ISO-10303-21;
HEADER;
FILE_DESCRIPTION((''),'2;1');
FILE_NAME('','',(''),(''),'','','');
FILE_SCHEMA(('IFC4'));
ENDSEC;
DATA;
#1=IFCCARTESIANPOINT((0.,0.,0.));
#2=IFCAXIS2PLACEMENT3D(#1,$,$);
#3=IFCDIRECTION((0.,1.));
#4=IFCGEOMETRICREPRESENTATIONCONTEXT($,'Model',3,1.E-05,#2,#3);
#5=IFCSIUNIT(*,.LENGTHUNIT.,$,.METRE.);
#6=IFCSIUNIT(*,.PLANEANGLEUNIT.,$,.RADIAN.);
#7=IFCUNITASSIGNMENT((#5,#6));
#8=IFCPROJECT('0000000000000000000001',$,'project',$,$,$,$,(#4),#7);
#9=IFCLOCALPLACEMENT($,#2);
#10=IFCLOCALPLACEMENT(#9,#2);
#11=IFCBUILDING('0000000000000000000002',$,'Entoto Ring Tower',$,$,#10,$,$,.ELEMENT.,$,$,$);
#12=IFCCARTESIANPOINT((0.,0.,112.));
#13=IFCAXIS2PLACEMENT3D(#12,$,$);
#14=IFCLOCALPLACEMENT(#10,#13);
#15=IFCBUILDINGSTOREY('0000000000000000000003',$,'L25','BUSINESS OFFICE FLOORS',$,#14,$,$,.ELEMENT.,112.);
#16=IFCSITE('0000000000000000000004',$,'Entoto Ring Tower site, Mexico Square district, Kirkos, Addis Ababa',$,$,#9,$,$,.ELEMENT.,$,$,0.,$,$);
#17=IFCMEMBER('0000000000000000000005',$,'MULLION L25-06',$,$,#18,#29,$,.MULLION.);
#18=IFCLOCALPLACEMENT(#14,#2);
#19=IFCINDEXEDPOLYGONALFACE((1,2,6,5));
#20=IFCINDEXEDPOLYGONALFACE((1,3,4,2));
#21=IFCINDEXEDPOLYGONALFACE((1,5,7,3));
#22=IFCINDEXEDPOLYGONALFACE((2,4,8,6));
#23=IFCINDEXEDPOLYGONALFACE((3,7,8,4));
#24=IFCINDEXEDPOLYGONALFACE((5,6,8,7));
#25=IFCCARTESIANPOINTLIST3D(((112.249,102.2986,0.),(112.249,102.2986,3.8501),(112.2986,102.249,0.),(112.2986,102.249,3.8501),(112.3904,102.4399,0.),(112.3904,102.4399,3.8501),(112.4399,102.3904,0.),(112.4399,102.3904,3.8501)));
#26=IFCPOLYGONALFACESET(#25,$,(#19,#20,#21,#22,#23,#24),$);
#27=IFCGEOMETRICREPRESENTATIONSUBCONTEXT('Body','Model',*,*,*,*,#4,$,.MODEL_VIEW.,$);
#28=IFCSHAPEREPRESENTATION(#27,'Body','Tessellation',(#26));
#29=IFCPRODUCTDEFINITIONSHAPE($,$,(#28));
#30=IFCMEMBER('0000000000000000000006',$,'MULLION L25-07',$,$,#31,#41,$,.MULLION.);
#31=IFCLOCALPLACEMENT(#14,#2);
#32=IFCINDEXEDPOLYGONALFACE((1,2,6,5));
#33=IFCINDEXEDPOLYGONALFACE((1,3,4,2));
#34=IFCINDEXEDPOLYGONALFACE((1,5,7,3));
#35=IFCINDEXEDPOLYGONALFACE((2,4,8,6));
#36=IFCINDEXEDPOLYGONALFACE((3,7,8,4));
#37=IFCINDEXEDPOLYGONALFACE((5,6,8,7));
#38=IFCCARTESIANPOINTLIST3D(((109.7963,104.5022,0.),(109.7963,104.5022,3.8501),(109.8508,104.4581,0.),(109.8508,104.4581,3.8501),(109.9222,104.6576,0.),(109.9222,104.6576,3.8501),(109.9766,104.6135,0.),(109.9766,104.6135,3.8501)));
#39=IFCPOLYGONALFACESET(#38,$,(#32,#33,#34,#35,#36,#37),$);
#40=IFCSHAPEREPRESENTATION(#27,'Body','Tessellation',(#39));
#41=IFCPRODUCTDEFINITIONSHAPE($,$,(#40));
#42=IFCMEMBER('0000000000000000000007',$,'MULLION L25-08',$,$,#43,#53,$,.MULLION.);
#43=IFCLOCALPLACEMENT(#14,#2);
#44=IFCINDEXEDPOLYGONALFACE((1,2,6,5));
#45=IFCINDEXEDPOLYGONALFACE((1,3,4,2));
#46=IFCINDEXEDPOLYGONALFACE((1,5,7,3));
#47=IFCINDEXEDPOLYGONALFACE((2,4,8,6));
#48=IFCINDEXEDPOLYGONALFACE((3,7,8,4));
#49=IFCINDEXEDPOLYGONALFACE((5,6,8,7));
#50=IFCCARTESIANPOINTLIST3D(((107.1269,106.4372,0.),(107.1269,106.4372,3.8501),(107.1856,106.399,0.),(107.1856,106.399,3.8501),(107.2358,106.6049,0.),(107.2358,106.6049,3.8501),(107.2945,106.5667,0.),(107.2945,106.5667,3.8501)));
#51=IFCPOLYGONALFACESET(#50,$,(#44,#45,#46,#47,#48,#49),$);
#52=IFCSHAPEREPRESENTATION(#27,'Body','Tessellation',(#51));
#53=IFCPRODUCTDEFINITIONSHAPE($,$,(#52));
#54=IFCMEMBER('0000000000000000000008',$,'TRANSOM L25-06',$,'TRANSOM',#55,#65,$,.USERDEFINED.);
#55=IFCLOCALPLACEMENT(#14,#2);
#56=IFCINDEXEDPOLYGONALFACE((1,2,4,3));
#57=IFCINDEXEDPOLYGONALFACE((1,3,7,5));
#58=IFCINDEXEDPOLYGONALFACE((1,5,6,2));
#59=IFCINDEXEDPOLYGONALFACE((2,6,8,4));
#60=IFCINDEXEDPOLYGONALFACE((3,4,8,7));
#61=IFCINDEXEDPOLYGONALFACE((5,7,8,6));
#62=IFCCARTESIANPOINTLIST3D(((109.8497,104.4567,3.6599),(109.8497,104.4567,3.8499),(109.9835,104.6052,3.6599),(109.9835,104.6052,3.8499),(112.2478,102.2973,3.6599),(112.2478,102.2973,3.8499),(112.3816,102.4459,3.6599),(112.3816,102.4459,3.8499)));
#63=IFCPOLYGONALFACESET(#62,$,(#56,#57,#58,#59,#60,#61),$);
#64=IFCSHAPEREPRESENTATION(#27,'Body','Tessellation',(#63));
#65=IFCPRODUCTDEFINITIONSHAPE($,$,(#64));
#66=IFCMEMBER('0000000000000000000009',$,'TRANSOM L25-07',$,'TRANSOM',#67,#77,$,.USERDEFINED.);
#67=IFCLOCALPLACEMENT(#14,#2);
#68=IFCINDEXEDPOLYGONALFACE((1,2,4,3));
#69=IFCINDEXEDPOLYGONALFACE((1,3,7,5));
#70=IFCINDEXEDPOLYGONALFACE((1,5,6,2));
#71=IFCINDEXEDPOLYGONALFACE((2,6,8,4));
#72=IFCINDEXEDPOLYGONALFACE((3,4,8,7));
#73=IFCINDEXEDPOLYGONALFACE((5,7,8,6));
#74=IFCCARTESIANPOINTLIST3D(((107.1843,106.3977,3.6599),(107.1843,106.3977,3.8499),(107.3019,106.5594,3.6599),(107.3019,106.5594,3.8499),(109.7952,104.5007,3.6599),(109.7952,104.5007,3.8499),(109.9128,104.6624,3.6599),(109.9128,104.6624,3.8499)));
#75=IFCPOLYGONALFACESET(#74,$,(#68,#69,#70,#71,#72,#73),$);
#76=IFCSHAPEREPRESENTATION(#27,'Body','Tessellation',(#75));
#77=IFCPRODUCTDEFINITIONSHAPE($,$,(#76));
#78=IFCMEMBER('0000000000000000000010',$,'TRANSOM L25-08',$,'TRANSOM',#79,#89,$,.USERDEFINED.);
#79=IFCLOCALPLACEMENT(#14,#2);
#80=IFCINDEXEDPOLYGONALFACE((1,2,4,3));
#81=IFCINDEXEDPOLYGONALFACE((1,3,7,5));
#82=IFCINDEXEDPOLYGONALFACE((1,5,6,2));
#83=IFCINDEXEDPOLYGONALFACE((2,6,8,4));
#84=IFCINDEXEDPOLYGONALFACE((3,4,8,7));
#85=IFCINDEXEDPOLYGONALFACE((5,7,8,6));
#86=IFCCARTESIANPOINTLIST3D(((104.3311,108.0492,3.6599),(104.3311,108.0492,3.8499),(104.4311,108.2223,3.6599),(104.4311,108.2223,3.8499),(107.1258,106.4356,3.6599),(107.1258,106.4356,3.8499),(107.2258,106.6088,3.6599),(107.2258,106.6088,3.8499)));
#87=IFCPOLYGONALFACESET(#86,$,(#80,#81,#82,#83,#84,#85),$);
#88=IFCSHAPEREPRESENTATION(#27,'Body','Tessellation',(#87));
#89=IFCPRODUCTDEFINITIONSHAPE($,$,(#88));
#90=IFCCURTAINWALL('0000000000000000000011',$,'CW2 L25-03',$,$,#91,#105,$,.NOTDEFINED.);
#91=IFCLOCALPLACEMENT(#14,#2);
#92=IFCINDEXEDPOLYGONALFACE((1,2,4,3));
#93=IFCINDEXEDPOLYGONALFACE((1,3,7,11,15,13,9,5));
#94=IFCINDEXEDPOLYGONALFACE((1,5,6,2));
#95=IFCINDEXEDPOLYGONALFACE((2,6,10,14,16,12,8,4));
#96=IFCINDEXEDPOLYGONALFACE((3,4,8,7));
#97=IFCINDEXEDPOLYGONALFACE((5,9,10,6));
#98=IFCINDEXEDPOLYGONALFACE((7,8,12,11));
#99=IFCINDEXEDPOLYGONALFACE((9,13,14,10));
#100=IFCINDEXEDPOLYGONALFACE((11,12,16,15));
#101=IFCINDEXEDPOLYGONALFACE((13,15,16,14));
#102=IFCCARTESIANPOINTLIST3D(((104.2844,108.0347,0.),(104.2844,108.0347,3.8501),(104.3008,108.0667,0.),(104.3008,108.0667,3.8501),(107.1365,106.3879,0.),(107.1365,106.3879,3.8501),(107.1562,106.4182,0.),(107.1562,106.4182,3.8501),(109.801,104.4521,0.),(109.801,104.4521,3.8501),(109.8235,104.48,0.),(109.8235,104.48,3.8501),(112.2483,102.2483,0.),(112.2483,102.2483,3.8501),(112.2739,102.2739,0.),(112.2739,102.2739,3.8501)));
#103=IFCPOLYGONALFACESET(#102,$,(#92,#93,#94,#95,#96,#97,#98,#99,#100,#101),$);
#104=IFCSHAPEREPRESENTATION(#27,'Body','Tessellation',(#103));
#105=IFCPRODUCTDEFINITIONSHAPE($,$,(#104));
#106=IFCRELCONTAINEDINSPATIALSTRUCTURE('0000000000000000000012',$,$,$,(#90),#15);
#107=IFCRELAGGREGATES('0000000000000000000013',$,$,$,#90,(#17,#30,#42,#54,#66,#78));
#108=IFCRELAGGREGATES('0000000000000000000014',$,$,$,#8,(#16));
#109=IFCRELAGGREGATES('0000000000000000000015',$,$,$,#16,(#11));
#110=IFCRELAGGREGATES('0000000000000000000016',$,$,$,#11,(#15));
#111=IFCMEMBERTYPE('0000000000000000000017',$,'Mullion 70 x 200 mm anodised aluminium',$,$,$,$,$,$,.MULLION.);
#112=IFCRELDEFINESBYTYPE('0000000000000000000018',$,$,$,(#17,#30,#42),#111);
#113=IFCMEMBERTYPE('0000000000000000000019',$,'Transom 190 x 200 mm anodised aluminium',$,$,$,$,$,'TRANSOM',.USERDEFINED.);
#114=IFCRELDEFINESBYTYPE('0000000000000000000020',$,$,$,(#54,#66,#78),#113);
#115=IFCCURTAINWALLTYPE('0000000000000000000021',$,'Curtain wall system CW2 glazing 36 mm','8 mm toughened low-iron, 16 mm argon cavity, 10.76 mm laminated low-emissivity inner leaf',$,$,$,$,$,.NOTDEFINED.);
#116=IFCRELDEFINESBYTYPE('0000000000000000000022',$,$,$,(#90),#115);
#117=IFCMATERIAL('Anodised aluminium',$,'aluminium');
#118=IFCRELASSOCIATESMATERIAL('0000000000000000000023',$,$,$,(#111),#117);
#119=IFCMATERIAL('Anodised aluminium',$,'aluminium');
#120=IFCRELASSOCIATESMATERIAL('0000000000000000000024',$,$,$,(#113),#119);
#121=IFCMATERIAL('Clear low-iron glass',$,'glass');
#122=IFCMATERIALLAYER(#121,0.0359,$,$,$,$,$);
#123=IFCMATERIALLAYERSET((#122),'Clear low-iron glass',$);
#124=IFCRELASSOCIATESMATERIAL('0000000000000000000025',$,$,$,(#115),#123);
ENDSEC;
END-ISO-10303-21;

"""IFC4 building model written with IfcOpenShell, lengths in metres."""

from ifc_helpers import new_model, si_unit, direction, frame, origin, origin_2d, place, context, subcontext, project, spatial, polyline, rectangle, outline, extrude, material, layer, layer_set, material_profile, profile_set, type_object, element, aggregate, save


model = new_model("IFC4")

# Units and contexts
model_context = context("Model", 3, precision=1e-05, world=origin(), true_north=direction((0.0, 1.0)))
body_context = subcontext(model_context, "Body", "Model", "MODEL_VIEW")
ifc_project = project(units=[si_unit("LENGTHUNIT", "METRE"), si_unit("PLANEANGLEUNIT", "RADIAN")], contexts=[model_context])

# Members
ifc_material_1 = material(Name="Anodised aluminium", Category="aluminium")
ifc_material_profile_1 = material_profile(ifc_material_1, rectangle(XDim=0.0701, YDim=0.2, at=origin_2d()), Name="Mullion 70 x 200 mm anodised aluminium")
ifc_profile_set_1 = profile_set([ifc_material_profile_1], Name="Anodised aluminium")
member_type_1 = type_object("IfcMemberType", Name="Mullion 70 x 200 mm anodised aluminium", PredefinedType="MULLION", material=ifc_profile_set_1)
site_placement = place(None, origin())
building_placement = place(site_placement, origin())
storey_placement = place(building_placement, frame((0.0, 0.0, 112.0)))
member_1_placement = place(storey_placement, frame((112.3445, 102.3445, 0.0), z_axis=(0.0, 0.0, 1.0), x_axis=(-0.707107, 0.707107, 0.0)))
member_1 = element("IfcMember", 1, at=member_1_placement, type_object=member_type_1, Name="MULLION L25-06", PredefinedType="MULLION", context=body_context, shape_type="SweptSolid", body=[
    extrude(rectangle(XDim=0.0701, YDim=0.2, at=origin_2d()), origin(), (0.0, 0.0, 1.0), 3.8501),
])
member_2_placement = place(storey_placement, frame((109.8865, 104.5579, 0.0), z_axis=(0.0, 0.0, 1.0), x_axis=(-0.777146, 0.62932, 0.0)))
member_2 = element("IfcMember", 2, at=member_2_placement, type_object=member_type_1, Name="MULLION L25-07", PredefinedType="MULLION", context=body_context, shape_type="SweptSolid", body=[
    extrude(rectangle(XDim=0.0701, YDim=0.2, at=origin_2d()), origin(), (0.0, 0.0, 1.0), 3.8501),
])
member_3_placement = place(storey_placement, frame((107.2107, 106.502, 0.0), z_axis=(0.0, 0.0, 1.0), x_axis=(-0.838671, 0.544639, 0.0)))
member_3 = element("IfcMember", 3, at=member_3_placement, type_object=member_type_1, Name="MULLION L25-08", PredefinedType="MULLION", context=body_context, shape_type="SweptSolid", body=[
    extrude(rectangle(XDim=0.0701, YDim=0.2, at=origin_2d()), origin(), (0.0, 0.0, 1.0), 3.8501),
])
ifc_material_2 = material(Name="Anodised aluminium", Category="aluminium")
ifc_material_profile_2 = material_profile(ifc_material_2, rectangle(XDim=0.2, YDim=0.1899, at=origin_2d()), Name="Transom 190 x 200 mm anodised aluminium")
ifc_profile_set_2 = profile_set([ifc_material_profile_2], Name="Anodised aluminium")
member_type_2 = type_object("IfcMemberType", Name="Transom 190 x 200 mm anodised aluminium", ElementType="TRANSOM", PredefinedType="USERDEFINED", material=ifc_profile_set_2)
member_4_placement = place(storey_placement, frame((112.3147, 102.3716, 3.7549), z_axis=(-0.743132, 0.669144, 0.0), x_axis=(-0.669144, -0.743132, 0.0)))
member_4 = element("IfcMember", 4, at=member_4_placement, type_object=member_type_2, Name="TRANSOM L25-06", ObjectType="TRANSOM", PredefinedType="USERDEFINED", context=body_context, shape_type="SweptSolid", body=[
    extrude(rectangle(XDim=0.2, YDim=0.1899, at=origin_2d()), origin(), (0.0, 0.0, 1.0), 3.2271),
])
member_5_placement = place(storey_placement, frame((109.854, 104.5815, 3.7549), z_axis=(-0.809004, 0.587803, 0.0), x_axis=(-0.587803, -0.809004, 0.0)))
member_5 = element("IfcMember", 5, at=member_5_placement, type_object=member_type_2, Name="TRANSOM L25-07", ObjectType="TRANSOM", PredefinedType="USERDEFINED", context=body_context, shape_type="SweptSolid", body=[
    extrude(rectangle(XDim=0.2, YDim=0.1899, at=origin_2d()), origin(), (0.0, 0.0, 1.0), 3.2273),
])
member_6_placement = place(storey_placement, frame((107.1758, 106.5222, 3.7549), z_axis=(-0.866023, 0.500004, 0.0), x_axis=(-0.500004, -0.866023, 0.0)))
member_6 = element("IfcMember", 6, at=member_6_placement, type_object=member_type_2, Name="TRANSOM L25-08", ObjectType="TRANSOM", PredefinedType="USERDEFINED", context=body_context, shape_type="SweptSolid", body=[
    extrude(rectangle(XDim=0.2, YDim=0.1899, at=origin_2d()), origin(), (0.0, 0.0, 1.0), 3.2271),
])

# Site, building, storey
site = spatial("IfcSite", under=ifc_project, at=site_placement, Name="Entoto Ring Tower site, Mexico Square district, Kirkos, Addis Ababa", CompositionType="ELEMENT", RefElevation=0.0)
building = spatial("IfcBuilding", under=site, at=building_placement, Name="Entoto Ring Tower", CompositionType="ELEMENT")
storey = spatial("IfcBuildingStorey", under=building, at=storey_placement, Name="L25", Description="BUSINESS OFFICE FLOORS", CompositionType="ELEMENT", Elevation=112.0)

# Curtain wall
ifc_material_3 = material(Name="Clear low-iron glass", Category="glass")
ifc_layer = layer(ifc_material_3, 0.0359)
ifc_layer_set = layer_set([ifc_layer], Name="Clear low-iron glass")
curtain_wall_type = type_object("IfcCurtainWallType", Name="Curtain wall system CW2 glazing 36 mm", Description="8 mm toughened low-iron, 16 mm argon cavity, 10.76 mm laminated low-emissivity inner leaf", PredefinedType="NOTDEFINED", material=ifc_layer_set)
curtain_wall_1_placement = place(storey_placement, origin())
curtain_wall_1 = element("IfcCurtainWall", 7, at=curtain_wall_1_placement, inside=storey, type_object=curtain_wall_type, Name="CW2 L25-03", PredefinedType="NOTDEFINED", context=body_context, shape_type="SweptSolid", body=[
    extrude(outline(polyline([(112.2739, 102.2739), (109.8235, 104.48), (107.1562, 106.4182), (104.3008, 108.0667), (104.2844, 108.0347), (107.1365, 106.3879), (109.801, 104.4521), (112.2483, 102.2483), (112.2739, 102.2739)])), origin(), (0.0, 0.0, 1.0), 3.8501),
])
aggregate(curtain_wall_1, [member_1, member_2, member_3, member_4, member_5, member_6])

save(model, "model.ifc")
